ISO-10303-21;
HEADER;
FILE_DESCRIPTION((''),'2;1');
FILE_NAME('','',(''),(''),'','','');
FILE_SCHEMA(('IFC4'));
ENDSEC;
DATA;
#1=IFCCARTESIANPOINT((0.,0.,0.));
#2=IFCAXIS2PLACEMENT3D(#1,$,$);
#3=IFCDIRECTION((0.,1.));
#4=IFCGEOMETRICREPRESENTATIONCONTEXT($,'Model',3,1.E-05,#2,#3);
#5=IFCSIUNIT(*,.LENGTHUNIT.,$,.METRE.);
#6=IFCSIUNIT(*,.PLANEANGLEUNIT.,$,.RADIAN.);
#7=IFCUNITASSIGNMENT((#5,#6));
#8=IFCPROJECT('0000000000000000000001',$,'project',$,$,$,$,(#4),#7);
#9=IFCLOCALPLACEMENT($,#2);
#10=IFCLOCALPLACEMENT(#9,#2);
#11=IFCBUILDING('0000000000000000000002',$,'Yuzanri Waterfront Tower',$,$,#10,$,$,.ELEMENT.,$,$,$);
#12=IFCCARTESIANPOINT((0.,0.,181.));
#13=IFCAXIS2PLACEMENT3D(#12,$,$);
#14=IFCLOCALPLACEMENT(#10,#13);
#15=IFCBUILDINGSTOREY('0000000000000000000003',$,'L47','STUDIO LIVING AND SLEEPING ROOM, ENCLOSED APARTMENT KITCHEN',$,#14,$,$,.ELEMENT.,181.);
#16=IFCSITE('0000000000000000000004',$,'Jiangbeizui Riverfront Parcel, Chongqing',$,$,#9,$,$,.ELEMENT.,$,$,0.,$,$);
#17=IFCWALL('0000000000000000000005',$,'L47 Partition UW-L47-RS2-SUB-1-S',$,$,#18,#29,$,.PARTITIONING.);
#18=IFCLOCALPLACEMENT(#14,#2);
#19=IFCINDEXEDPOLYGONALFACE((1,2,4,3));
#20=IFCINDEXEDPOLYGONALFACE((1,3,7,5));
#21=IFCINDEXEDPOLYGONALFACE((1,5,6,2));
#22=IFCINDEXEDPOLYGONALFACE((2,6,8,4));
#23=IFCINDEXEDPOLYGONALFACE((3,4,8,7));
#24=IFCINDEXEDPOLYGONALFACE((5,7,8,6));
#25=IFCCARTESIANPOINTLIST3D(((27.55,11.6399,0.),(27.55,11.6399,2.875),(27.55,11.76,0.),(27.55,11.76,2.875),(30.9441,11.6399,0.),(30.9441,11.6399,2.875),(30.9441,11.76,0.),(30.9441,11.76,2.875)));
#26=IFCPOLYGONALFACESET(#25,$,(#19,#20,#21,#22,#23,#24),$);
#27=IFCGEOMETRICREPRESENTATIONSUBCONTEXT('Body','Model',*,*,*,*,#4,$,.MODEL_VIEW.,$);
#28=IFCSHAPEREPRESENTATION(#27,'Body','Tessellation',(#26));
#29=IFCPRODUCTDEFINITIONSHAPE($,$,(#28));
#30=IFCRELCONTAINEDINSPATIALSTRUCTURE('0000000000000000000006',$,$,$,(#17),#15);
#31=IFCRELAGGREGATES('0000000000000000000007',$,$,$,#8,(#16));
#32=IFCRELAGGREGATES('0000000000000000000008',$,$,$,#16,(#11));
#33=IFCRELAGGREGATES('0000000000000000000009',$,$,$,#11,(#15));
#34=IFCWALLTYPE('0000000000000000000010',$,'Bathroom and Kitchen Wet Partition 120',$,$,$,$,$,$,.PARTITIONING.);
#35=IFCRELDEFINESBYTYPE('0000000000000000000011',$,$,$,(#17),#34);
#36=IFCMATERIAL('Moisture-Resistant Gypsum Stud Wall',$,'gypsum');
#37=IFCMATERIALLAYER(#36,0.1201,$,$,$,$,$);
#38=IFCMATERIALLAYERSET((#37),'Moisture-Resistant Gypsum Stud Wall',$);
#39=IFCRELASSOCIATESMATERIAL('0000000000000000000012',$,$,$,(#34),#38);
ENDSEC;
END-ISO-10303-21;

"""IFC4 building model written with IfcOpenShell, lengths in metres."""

from ifc_helpers import new_model, si_unit, direction, frame, frame_2d, origin, place, context, subcontext, project, spatial, rectangle, extrude, source, transform, mapped, material, layer, layer_set, type_object, element, save


model = new_model("IFC4")

# Units and contexts
model_context = context("Model", 3, precision=1e-05, world=origin(), true_north=direction((0.0, 1.0)))
body_context = subcontext(model_context, "Body", "Model", "MODEL_VIEW")
ifc_project = project(units=[si_unit("LENGTHUNIT", "METRE"), si_unit("PLANEANGLEUNIT", "RADIAN")], contexts=[model_context])

# Site, building, storey
site_placement = place(None, origin())
site = spatial("IfcSite", under=ifc_project, at=site_placement, Name="Jiangbeizui Riverfront Parcel, Chongqing", CompositionType="ELEMENT", RefElevation=0.0)
building_placement = place(site_placement, origin())
building = spatial("IfcBuilding", under=site, at=building_placement, Name="Yuzanri Waterfront Tower", CompositionType="ELEMENT")
storey_placement = place(building_placement, frame((0.0, 0.0, 181.0)))
storey = spatial("IfcBuildingStorey", under=building, at=storey_placement, Name="L47", Description="STUDIO LIVING AND SLEEPING ROOM, ENCLOSED APARTMENT KITCHEN", CompositionType="ELEMENT", Elevation=181.0)

# Shared definitions
ifc_material_1 = material(Name="Moisture-Resistant Gypsum Stud Wall", Category="gypsum")
ifc_layer_1 = layer(ifc_material_1, 0.1201)
ifc_layer_set_1 = layer_set([ifc_layer_1], Name="Moisture-Resistant Gypsum Stud Wall")
wall_type_1 = type_object("IfcWallType", Name="Bathroom and Kitchen Wet Partition 120", PredefinedType="PARTITIONING", material=ifc_layer_set_1)

# Wall
shared_shape_1 = source(origin(), body_context, "Body", "SweptSolid", [
    extrude(rectangle(XDim=3.394, YDim=0.1201, at=frame_2d((1.697, 0.0))), origin(), (0.0, 0.0, 1.0), 2.875),
])
wall_1_placement = place(storey_placement, frame((27.55, 11.7, 0.0), z_axis=(0.0, 0.0, 1.0), x_axis=(1.0, 0.0, 0.0)))
element("IfcWall", 1, at=wall_1_placement, inside=storey, type_object=wall_type_1, Name="L47 Partition UW-L47-RS2-SUB-1-S", PredefinedType="PARTITIONING", context=body_context, shape_type="MappedRepresentation", body=[
    mapped(shared_shape_1, transform((0.0, 0.0, 0.0), scale=1.0)),
])

save(model, "model.ifc")
